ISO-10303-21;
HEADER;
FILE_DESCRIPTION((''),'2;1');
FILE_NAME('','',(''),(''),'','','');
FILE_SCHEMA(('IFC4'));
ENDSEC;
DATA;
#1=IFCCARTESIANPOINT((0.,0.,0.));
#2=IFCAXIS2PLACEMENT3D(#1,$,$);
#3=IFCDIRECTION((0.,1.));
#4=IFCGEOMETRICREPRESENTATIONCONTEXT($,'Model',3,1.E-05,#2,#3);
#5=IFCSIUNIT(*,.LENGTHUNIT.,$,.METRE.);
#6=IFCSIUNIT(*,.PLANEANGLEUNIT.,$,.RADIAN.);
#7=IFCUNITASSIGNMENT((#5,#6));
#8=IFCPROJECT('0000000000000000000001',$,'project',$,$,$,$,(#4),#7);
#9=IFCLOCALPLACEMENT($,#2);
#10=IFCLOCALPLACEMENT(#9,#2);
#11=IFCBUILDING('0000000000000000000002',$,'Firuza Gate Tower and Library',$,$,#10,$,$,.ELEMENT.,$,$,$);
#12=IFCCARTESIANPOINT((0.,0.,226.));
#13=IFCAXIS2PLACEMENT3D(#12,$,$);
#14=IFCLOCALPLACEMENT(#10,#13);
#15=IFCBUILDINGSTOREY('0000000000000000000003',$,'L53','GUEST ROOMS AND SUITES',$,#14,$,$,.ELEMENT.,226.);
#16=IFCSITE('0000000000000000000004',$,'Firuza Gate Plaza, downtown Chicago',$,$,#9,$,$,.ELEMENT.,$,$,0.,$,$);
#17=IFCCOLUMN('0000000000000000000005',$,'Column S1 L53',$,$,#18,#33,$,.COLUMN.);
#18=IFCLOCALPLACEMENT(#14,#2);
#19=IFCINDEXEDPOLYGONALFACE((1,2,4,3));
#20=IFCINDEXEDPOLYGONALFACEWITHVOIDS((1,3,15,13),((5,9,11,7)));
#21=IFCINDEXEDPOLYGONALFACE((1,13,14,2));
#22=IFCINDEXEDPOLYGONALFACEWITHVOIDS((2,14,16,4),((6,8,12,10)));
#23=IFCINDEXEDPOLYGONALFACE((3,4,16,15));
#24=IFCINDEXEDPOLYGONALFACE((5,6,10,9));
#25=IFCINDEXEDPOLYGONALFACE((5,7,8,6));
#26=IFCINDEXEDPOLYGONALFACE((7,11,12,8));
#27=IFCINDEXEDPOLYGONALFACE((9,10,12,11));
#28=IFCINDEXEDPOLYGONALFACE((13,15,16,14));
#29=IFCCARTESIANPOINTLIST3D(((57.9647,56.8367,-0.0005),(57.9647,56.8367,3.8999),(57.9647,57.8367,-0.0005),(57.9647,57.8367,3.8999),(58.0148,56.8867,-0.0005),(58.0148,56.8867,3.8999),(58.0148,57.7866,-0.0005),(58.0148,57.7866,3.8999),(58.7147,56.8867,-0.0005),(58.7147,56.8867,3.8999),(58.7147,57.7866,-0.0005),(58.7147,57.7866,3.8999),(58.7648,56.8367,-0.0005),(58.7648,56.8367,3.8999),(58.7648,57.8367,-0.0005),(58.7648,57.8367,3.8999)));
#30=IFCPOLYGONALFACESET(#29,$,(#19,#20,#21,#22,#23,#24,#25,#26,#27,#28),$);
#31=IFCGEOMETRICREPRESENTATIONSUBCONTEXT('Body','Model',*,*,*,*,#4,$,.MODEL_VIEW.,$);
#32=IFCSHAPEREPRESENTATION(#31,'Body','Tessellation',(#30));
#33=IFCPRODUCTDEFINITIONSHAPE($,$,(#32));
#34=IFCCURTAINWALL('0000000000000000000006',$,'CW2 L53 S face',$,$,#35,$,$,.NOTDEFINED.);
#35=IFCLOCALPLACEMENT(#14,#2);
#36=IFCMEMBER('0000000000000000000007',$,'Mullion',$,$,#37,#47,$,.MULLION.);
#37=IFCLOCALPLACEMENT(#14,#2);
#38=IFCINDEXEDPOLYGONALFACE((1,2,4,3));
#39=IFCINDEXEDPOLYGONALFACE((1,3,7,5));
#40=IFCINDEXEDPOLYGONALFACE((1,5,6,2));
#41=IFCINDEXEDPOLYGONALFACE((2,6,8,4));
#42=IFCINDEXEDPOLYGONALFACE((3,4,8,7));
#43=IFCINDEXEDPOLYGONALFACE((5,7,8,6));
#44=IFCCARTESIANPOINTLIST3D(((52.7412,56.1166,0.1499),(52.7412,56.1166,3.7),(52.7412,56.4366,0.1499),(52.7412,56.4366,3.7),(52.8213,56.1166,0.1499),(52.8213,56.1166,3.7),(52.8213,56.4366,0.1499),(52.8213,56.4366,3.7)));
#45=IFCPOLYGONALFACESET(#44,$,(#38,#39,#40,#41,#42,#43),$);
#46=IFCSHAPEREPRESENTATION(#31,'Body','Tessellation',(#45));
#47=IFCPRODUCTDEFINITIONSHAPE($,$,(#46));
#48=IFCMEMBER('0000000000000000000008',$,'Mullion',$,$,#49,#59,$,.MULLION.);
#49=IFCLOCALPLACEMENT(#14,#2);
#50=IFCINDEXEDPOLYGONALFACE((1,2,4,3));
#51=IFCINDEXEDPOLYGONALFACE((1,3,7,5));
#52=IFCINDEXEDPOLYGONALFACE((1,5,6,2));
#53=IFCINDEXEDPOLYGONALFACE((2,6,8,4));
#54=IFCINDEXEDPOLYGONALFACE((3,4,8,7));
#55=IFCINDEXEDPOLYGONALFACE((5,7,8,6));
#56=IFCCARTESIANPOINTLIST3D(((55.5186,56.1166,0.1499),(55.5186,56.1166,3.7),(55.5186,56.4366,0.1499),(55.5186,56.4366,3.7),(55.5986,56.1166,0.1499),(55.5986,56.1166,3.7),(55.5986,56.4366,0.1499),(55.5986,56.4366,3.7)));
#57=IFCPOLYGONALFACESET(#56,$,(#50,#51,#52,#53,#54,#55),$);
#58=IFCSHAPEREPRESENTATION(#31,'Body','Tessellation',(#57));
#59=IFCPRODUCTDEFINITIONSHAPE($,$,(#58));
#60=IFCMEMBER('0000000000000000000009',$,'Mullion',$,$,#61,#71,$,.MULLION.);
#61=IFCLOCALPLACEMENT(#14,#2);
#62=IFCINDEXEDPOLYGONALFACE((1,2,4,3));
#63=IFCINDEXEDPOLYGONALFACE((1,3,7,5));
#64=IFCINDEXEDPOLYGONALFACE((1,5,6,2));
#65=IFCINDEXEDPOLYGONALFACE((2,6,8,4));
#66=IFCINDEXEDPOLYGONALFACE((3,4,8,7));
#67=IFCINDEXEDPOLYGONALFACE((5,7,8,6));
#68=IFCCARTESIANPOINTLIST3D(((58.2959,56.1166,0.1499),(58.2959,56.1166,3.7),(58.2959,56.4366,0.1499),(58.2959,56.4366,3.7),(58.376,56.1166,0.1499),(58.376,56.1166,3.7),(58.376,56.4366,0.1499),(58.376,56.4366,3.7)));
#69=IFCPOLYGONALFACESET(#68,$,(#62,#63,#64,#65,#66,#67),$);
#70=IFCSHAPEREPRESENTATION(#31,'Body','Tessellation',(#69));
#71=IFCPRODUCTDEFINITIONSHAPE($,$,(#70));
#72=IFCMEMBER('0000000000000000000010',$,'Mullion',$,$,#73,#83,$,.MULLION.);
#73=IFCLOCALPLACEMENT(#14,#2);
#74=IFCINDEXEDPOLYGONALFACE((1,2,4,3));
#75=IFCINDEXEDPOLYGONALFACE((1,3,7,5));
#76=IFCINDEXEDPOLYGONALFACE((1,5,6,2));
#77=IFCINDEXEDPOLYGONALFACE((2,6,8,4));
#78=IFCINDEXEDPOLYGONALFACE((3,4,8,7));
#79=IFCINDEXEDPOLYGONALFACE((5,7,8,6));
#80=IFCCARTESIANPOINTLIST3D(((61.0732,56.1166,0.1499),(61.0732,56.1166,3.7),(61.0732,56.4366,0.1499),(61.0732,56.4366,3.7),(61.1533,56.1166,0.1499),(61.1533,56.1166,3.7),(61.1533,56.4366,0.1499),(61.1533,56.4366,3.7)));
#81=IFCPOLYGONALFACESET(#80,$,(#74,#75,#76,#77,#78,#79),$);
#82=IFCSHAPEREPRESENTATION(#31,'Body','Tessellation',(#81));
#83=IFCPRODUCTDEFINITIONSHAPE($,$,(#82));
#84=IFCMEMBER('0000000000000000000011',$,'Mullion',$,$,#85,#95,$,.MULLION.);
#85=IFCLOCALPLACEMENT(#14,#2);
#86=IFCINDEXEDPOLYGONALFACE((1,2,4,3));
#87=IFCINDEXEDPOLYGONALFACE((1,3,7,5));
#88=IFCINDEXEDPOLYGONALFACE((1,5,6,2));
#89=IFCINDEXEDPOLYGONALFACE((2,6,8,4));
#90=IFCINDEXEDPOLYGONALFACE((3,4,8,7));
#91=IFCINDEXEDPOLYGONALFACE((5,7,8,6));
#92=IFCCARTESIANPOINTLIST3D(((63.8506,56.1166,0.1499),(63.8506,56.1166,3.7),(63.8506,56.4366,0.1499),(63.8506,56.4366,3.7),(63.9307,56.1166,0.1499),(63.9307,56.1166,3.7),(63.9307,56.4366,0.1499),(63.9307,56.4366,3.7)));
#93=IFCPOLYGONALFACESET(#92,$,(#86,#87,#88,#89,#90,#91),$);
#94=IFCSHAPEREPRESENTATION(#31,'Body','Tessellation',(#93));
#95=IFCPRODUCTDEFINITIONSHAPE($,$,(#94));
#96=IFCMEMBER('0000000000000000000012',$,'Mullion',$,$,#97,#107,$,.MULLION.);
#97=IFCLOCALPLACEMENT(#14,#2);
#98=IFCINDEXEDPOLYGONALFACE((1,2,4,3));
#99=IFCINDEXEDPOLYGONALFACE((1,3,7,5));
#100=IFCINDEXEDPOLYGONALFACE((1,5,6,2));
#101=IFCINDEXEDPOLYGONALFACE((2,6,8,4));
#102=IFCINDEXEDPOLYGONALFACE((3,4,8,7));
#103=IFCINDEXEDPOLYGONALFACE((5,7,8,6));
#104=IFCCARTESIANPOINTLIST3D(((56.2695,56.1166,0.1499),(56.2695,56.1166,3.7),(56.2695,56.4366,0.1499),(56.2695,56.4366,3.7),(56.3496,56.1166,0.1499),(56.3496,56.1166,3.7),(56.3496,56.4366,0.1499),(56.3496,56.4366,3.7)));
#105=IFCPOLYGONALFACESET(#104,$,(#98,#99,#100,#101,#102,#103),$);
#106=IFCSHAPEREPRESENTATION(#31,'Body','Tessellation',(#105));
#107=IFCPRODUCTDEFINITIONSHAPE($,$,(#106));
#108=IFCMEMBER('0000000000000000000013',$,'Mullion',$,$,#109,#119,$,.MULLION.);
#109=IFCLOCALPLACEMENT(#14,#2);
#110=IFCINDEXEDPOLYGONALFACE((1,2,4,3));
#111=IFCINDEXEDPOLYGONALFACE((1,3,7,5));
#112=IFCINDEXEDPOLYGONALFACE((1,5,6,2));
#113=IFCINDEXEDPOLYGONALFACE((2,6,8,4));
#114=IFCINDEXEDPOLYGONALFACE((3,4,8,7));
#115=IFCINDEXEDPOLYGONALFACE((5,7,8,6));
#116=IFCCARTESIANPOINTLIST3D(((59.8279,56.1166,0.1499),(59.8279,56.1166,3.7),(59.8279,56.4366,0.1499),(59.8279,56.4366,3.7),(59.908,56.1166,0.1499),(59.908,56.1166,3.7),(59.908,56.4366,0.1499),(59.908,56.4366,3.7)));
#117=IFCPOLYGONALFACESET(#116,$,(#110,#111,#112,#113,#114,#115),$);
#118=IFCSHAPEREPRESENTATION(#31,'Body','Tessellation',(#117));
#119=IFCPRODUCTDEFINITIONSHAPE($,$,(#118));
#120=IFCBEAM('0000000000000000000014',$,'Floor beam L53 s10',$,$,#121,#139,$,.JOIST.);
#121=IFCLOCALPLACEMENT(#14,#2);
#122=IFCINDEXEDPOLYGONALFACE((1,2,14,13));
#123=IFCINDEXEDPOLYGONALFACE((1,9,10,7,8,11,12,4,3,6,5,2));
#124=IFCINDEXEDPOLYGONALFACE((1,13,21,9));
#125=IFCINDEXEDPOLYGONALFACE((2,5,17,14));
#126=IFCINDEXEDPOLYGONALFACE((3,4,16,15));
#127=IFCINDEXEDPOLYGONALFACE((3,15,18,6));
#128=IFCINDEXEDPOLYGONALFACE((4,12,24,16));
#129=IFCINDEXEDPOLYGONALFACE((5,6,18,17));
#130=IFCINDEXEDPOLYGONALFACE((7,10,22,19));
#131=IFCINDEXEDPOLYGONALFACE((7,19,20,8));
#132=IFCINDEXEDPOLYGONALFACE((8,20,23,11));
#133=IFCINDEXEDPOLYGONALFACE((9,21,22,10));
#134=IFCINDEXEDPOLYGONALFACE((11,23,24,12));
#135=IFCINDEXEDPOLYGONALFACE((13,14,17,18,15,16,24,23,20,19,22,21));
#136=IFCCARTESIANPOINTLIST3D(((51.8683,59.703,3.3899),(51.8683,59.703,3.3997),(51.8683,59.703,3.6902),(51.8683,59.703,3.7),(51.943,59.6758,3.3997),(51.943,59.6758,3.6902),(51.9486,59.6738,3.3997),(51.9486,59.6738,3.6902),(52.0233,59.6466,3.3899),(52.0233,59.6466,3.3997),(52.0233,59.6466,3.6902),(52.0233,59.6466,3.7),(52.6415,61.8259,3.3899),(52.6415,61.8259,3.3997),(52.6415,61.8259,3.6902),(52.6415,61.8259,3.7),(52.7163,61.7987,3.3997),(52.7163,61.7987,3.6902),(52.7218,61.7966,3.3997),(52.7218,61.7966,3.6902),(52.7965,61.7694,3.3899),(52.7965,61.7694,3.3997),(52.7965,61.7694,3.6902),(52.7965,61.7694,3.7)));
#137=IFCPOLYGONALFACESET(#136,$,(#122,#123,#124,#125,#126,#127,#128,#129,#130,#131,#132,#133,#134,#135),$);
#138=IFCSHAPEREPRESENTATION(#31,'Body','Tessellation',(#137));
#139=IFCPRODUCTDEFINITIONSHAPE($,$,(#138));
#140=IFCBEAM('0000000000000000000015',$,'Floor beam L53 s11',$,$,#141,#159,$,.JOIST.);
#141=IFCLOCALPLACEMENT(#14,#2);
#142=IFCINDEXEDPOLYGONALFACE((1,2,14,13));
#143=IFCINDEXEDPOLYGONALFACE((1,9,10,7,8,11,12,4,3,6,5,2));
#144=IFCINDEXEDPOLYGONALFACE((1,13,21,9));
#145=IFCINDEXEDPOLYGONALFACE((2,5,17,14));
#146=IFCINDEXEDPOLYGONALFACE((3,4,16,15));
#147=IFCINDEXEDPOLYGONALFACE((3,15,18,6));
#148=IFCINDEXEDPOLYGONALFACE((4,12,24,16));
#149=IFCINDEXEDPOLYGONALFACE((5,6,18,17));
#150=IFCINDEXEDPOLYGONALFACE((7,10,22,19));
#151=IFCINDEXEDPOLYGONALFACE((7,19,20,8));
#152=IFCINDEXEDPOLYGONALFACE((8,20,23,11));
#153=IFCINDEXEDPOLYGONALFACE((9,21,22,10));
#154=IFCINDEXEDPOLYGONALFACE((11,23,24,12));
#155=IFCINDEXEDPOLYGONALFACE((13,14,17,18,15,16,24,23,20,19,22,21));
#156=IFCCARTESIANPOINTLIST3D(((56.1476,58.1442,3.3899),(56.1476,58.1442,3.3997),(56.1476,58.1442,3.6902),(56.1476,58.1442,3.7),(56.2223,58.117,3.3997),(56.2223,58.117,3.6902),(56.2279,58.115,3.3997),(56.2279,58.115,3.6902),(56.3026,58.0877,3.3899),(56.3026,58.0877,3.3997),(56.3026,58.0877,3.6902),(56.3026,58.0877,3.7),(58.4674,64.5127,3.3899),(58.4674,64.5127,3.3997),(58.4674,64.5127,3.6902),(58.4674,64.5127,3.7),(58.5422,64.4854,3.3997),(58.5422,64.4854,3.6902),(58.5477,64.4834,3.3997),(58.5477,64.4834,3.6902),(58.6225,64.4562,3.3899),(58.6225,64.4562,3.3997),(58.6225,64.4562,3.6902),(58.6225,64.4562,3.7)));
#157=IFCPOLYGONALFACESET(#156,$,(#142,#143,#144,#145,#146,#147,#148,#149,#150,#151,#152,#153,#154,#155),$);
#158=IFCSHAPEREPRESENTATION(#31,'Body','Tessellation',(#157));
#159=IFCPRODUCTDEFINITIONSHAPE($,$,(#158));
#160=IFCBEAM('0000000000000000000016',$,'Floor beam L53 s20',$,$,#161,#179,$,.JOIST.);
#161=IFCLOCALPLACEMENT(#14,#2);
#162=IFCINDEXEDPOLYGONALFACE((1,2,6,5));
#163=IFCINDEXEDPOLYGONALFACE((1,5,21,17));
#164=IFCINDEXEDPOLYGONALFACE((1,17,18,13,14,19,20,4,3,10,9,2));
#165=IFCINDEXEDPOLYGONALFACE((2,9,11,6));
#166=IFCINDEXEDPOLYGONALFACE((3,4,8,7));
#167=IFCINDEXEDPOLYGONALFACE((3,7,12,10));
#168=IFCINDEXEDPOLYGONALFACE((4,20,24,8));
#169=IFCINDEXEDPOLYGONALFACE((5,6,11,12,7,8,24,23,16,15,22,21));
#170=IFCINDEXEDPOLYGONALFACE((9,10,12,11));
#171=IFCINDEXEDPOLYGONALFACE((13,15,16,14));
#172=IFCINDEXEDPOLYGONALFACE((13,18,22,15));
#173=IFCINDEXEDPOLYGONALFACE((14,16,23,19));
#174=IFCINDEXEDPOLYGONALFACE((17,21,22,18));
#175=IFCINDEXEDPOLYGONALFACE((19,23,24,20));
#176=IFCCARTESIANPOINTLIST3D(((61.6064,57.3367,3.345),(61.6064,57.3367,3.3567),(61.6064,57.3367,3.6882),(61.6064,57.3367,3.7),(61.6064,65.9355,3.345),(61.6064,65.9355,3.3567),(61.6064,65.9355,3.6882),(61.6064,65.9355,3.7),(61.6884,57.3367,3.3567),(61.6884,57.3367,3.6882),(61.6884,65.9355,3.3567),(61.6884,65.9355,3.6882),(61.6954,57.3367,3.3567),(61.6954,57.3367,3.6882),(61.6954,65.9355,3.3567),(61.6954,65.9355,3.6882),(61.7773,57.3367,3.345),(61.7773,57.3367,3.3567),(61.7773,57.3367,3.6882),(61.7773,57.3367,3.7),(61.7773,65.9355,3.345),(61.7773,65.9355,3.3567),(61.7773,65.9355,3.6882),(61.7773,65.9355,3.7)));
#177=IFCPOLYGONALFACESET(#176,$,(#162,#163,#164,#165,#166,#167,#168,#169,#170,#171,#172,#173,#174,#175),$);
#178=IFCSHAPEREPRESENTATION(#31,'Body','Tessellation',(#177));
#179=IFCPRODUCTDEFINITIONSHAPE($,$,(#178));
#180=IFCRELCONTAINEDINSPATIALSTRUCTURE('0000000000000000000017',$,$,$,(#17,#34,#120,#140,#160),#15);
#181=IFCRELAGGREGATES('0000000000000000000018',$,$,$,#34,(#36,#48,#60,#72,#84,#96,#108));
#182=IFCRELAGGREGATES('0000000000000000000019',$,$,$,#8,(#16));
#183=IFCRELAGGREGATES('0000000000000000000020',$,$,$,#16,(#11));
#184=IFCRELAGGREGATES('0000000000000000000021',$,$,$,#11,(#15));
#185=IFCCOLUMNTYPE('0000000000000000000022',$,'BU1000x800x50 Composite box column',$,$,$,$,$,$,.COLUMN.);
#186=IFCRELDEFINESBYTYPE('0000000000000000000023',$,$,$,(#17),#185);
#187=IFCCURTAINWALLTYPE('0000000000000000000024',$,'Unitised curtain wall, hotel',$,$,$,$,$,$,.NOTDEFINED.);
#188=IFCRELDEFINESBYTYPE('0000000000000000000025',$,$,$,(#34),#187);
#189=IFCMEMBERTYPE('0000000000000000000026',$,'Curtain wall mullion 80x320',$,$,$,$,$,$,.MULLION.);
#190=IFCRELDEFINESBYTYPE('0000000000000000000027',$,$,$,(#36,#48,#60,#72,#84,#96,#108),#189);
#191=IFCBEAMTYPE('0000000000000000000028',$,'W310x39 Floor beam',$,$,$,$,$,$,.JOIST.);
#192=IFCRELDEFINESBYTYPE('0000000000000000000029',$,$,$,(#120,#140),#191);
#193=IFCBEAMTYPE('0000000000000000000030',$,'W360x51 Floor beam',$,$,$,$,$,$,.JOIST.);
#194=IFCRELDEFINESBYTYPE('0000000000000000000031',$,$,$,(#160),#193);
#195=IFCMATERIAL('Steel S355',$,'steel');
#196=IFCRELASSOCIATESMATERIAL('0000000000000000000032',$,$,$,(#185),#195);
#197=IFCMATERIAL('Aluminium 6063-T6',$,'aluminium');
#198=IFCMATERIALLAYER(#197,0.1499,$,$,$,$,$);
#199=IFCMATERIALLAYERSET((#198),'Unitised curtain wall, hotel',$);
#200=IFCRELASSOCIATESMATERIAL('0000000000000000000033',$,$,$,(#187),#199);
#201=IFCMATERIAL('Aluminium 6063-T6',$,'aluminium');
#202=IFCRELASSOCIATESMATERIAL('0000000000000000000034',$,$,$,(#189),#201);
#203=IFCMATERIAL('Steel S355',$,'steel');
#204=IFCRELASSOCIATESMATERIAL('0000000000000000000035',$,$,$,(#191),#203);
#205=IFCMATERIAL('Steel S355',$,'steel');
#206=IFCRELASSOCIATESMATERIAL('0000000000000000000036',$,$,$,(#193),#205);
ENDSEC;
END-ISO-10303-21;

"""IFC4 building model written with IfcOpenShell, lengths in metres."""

from ifc_helpers import new_model, si_unit, direction, frame, origin, origin_2d, place, context, subcontext, project, spatial, rectangle, hollow_rectangle, i_section, extrude, material, layer, layer_set, material_profile, profile_set, type_object, element, aggregate, save


model = new_model("IFC4")

# Units and contexts
model_context = context("Model", 3, precision=1e-05, world=origin(), true_north=direction((0.0, 1.0)))
body_context = subcontext(model_context, "Body", "Model", "MODEL_VIEW")
ifc_project = project(units=[si_unit("LENGTHUNIT", "METRE"), si_unit("PLANEANGLEUNIT", "RADIAN")], contexts=[model_context])

# Site, building, storey
site_placement = place(None, origin())
site = spatial("IfcSite", under=ifc_project, at=site_placement, Name="Firuza Gate Plaza, downtown Chicago", CompositionType="ELEMENT", RefElevation=0.0)
building_placement = place(site_placement, origin())
building = spatial("IfcBuilding", under=site, at=building_placement, Name="Firuza Gate Tower and Library", CompositionType="ELEMENT")
storey_placement = place(building_placement, frame((0.0, 0.0, 226.0)))
storey = spatial("IfcBuildingStorey", under=building, at=storey_placement, Name="L53", Description="GUEST ROOMS AND SUITES", CompositionType="ELEMENT", Elevation=226.0)

# Column
ifc_material_1 = material(Name="Steel S355", Category="steel")
ifc_material_profile_1 = material_profile(ifc_material_1, hollow_rectangle(XDim=0.8, YDim=1.0, WallThickness=0.05, at=origin_2d()))
ifc_profile_set_1 = profile_set([ifc_material_profile_1], Name="Steel S355")
column_type = type_object("IfcColumnType", Name="BU1000x800x50 Composite box column", PredefinedType="COLUMN", material=ifc_profile_set_1)
column_placement = place(storey_placement, frame((58.3647, 57.3367, -0.0005), z_axis=(0.0, 0.0, 1.0), x_axis=(1.0, 0.0, 0.0)))
element("IfcColumn", 1, at=column_placement, inside=storey, type_object=column_type, Name="Column S1 L53", PredefinedType="COLUMN", context=body_context, shape_type="SweptSolid", body=[
    extrude(hollow_rectangle(XDim=0.8, YDim=1.0, WallThickness=0.05, at=origin_2d()), origin(), (0.0, 0.0, 1.0), 3.9004),
])

# Curtain wall, members
ifc_material_2 = material(Name="Aluminium 6063-T6", Category="aluminium")
ifc_layer_1 = layer(ifc_material_2, 0.1499)
ifc_layer_set_1 = layer_set([ifc_layer_1], Name="Unitised curtain wall, hotel")
curtain_wall_type = type_object("IfcCurtainWallType", Name="Unitised curtain wall, hotel", PredefinedType="NOTDEFINED", material=ifc_layer_set_1)
curtain_wall_placement = place(storey_placement, origin())
curtain_wall = element("IfcCurtainWall", 2, at=curtain_wall_placement, inside=storey, type_object=curtain_wall_type, Name="CW2 L53 S face", PredefinedType="NOTDEFINED")
ifc_material_3 = material(Name="Aluminium 6063-T6", Category="aluminium")
ifc_material_profile_2 = material_profile(ifc_material_3, rectangle(XDim=0.3201, YDim=0.0801, at=origin_2d()))
ifc_profile_set_2 = profile_set([ifc_material_profile_2], Name="Aluminium 6063-T6")
member_type = type_object("IfcMemberType", Name="Curtain wall mullion 80x320", PredefinedType="MULLION", material=ifc_profile_set_2)
member_1_placement = place(storey_placement, frame((52.7812, 56.2766, 0.1499), z_axis=(0.0, 0.0, 1.0), x_axis=(0.0, 1.0, 0.0)))
member_1 = element("IfcMember", 3, at=member_1_placement, type_object=member_type, Name="Mullion", PredefinedType="MULLION", context=body_context, shape_type="SweptSolid", body=[
    extrude(rectangle(XDim=0.3201, YDim=0.0801, at=origin_2d()), origin(), (0.0, 0.0, 1.0), 3.55),
])
member_2_placement = place(storey_placement, frame((55.5586, 56.2766, 0.1499), z_axis=(0.0, 0.0, 1.0), x_axis=(0.0, 1.0, 0.0)))
member_2 = element("IfcMember", 4, at=member_2_placement, type_object=member_type, Name="Mullion", PredefinedType="MULLION", context=body_context, shape_type="SweptSolid", body=[
    extrude(rectangle(XDim=0.3201, YDim=0.0801, at=origin_2d()), origin(), (0.0, 0.0, 1.0), 3.55),
])
member_3_placement = place(storey_placement, frame((58.3359, 56.2766, 0.1499), z_axis=(0.0, 0.0, 1.0), x_axis=(0.0, 1.0, 0.0)))
member_3 = element("IfcMember", 5, at=member_3_placement, type_object=member_type, Name="Mullion", PredefinedType="MULLION", context=body_context, shape_type="SweptSolid", body=[
    extrude(rectangle(XDim=0.3201, YDim=0.0801, at=origin_2d()), origin(), (0.0, 0.0, 1.0), 3.55),
])
member_4_placement = place(storey_placement, frame((61.1133, 56.2766, 0.1499), z_axis=(0.0, 0.0, 1.0), x_axis=(0.0, 1.0, 0.0)))
member_4 = element("IfcMember", 6, at=member_4_placement, type_object=member_type, Name="Mullion", PredefinedType="MULLION", context=body_context, shape_type="SweptSolid", body=[
    extrude(rectangle(XDim=0.3201, YDim=0.0801, at=origin_2d()), origin(), (0.0, 0.0, 1.0), 3.55),
])
member_5_placement = place(storey_placement, frame((63.8906, 56.2766, 0.1499), z_axis=(0.0, 0.0, 1.0), x_axis=(0.0, 1.0, 0.0)))
member_5 = element("IfcMember", 7, at=member_5_placement, type_object=member_type, Name="Mullion", PredefinedType="MULLION", context=body_context, shape_type="SweptSolid", body=[
    extrude(rectangle(XDim=0.3201, YDim=0.0801, at=origin_2d()), origin(), (0.0, 0.0, 1.0), 3.55),
])
member_6_placement = place(storey_placement, frame((56.3096, 56.2766, 0.1499), z_axis=(0.0, 0.0, 1.0), x_axis=(0.0, 1.0, 0.0)))
member_6 = element("IfcMember", 8, at=member_6_placement, type_object=member_type, Name="Mullion", PredefinedType="MULLION", context=body_context, shape_type="SweptSolid", body=[
    extrude(rectangle(XDim=0.3201, YDim=0.0801, at=origin_2d()), origin(), (0.0, 0.0, 1.0), 3.55),
])
member_7_placement = place(storey_placement, frame((59.8679, 56.2766, 0.1499), z_axis=(0.0, 0.0, 1.0), x_axis=(0.0, 1.0, 0.0)))
member_7 = element("IfcMember", 9, at=member_7_placement, type_object=member_type, Name="Mullion", PredefinedType="MULLION", context=body_context, shape_type="SweptSolid", body=[
    extrude(rectangle(XDim=0.3201, YDim=0.0801, at=origin_2d()), origin(), (0.0, 0.0, 1.0), 3.55),
])

# Beams
ifc_material_4 = material(Name="Steel S355", Category="steel")
ifc_material_profile_3 = material_profile(ifc_material_4, i_section(OverallWidth=0.165, OverallDepth=0.3101, WebThickness=0.0059, FlangeThickness=0.0098, at=origin_2d()))
ifc_profile_set_3 = profile_set([ifc_material_profile_3], Name="Steel S355")
beam_type_1 = type_object("IfcBeamType", Name="W310x39 Floor beam", PredefinedType="JOIST", material=ifc_profile_set_3)
beam_1_placement = place(storey_placement, frame((51.9458, 59.6748, 3.5449), z_axis=(0.342238, 0.939613, 0.0), x_axis=(-0.939613, 0.342238, 0.0)))
element("IfcBeam", 10, at=beam_1_placement, inside=storey, type_object=beam_type_1, Name="Floor beam L53 s10", PredefinedType="JOIST", context=body_context, shape_type="SweptSolid", body=[
    extrude(i_section(OverallWidth=0.165, OverallDepth=0.3101, WebThickness=0.0059, FlangeThickness=0.0098, at=origin_2d()), origin(), (0.0, 0.0, 1.0), 2.2593),
])
beam_2_placement = place(storey_placement, frame((56.2251, 58.116, 3.5449), z_axis=(0.342269, 0.939602, 0.0), x_axis=(-0.939602, 0.342269, 0.0)))
element("IfcBeam", 11, at=beam_2_placement, inside=storey, type_object=beam_type_1, Name="Floor beam L53 s11", PredefinedType="JOIST", context=body_context, shape_type="SweptSolid", body=[
    extrude(i_section(OverallWidth=0.165, OverallDepth=0.3101, WebThickness=0.0059, FlangeThickness=0.0098, at=origin_2d()), origin(), (0.0, 0.0, 1.0), 6.7778),
])
ifc_material_5 = material(Name="Steel S355", Category="steel")
ifc_material_profile_4 = material_profile(ifc_material_5, i_section(OverallWidth=0.1709, OverallDepth=0.355, WebThickness=0.0071, FlangeThickness=0.0117, at=origin_2d()))
ifc_profile_set_4 = profile_set([ifc_material_profile_4], Name="Steel S355")
beam_type_2 = type_object("IfcBeamType", Name="W360x51 Floor beam", PredefinedType="JOIST", material=ifc_profile_set_4)
beam_3_placement = place(storey_placement, frame((61.6919, 57.3367, 3.5225), z_axis=(0.0, 1.0, 0.0), x_axis=(-1.0, 0.0, 0.0)))
element("IfcBeam", 12, at=beam_3_placement, inside=storey, type_object=beam_type_2, Name="Floor beam L53 s20", PredefinedType="JOIST", context=body_context, shape_type="SweptSolid", body=[
    extrude(i_section(OverallWidth=0.1709, OverallDepth=0.355, WebThickness=0.0071, FlangeThickness=0.0117, at=origin_2d()), origin(), (0.0, 0.0, 1.0), 8.5989),
])

aggregate(curtain_wall, [member_1, member_2, member_3, member_4, member_5, member_6, member_7])

save(model, "model.ifc")
